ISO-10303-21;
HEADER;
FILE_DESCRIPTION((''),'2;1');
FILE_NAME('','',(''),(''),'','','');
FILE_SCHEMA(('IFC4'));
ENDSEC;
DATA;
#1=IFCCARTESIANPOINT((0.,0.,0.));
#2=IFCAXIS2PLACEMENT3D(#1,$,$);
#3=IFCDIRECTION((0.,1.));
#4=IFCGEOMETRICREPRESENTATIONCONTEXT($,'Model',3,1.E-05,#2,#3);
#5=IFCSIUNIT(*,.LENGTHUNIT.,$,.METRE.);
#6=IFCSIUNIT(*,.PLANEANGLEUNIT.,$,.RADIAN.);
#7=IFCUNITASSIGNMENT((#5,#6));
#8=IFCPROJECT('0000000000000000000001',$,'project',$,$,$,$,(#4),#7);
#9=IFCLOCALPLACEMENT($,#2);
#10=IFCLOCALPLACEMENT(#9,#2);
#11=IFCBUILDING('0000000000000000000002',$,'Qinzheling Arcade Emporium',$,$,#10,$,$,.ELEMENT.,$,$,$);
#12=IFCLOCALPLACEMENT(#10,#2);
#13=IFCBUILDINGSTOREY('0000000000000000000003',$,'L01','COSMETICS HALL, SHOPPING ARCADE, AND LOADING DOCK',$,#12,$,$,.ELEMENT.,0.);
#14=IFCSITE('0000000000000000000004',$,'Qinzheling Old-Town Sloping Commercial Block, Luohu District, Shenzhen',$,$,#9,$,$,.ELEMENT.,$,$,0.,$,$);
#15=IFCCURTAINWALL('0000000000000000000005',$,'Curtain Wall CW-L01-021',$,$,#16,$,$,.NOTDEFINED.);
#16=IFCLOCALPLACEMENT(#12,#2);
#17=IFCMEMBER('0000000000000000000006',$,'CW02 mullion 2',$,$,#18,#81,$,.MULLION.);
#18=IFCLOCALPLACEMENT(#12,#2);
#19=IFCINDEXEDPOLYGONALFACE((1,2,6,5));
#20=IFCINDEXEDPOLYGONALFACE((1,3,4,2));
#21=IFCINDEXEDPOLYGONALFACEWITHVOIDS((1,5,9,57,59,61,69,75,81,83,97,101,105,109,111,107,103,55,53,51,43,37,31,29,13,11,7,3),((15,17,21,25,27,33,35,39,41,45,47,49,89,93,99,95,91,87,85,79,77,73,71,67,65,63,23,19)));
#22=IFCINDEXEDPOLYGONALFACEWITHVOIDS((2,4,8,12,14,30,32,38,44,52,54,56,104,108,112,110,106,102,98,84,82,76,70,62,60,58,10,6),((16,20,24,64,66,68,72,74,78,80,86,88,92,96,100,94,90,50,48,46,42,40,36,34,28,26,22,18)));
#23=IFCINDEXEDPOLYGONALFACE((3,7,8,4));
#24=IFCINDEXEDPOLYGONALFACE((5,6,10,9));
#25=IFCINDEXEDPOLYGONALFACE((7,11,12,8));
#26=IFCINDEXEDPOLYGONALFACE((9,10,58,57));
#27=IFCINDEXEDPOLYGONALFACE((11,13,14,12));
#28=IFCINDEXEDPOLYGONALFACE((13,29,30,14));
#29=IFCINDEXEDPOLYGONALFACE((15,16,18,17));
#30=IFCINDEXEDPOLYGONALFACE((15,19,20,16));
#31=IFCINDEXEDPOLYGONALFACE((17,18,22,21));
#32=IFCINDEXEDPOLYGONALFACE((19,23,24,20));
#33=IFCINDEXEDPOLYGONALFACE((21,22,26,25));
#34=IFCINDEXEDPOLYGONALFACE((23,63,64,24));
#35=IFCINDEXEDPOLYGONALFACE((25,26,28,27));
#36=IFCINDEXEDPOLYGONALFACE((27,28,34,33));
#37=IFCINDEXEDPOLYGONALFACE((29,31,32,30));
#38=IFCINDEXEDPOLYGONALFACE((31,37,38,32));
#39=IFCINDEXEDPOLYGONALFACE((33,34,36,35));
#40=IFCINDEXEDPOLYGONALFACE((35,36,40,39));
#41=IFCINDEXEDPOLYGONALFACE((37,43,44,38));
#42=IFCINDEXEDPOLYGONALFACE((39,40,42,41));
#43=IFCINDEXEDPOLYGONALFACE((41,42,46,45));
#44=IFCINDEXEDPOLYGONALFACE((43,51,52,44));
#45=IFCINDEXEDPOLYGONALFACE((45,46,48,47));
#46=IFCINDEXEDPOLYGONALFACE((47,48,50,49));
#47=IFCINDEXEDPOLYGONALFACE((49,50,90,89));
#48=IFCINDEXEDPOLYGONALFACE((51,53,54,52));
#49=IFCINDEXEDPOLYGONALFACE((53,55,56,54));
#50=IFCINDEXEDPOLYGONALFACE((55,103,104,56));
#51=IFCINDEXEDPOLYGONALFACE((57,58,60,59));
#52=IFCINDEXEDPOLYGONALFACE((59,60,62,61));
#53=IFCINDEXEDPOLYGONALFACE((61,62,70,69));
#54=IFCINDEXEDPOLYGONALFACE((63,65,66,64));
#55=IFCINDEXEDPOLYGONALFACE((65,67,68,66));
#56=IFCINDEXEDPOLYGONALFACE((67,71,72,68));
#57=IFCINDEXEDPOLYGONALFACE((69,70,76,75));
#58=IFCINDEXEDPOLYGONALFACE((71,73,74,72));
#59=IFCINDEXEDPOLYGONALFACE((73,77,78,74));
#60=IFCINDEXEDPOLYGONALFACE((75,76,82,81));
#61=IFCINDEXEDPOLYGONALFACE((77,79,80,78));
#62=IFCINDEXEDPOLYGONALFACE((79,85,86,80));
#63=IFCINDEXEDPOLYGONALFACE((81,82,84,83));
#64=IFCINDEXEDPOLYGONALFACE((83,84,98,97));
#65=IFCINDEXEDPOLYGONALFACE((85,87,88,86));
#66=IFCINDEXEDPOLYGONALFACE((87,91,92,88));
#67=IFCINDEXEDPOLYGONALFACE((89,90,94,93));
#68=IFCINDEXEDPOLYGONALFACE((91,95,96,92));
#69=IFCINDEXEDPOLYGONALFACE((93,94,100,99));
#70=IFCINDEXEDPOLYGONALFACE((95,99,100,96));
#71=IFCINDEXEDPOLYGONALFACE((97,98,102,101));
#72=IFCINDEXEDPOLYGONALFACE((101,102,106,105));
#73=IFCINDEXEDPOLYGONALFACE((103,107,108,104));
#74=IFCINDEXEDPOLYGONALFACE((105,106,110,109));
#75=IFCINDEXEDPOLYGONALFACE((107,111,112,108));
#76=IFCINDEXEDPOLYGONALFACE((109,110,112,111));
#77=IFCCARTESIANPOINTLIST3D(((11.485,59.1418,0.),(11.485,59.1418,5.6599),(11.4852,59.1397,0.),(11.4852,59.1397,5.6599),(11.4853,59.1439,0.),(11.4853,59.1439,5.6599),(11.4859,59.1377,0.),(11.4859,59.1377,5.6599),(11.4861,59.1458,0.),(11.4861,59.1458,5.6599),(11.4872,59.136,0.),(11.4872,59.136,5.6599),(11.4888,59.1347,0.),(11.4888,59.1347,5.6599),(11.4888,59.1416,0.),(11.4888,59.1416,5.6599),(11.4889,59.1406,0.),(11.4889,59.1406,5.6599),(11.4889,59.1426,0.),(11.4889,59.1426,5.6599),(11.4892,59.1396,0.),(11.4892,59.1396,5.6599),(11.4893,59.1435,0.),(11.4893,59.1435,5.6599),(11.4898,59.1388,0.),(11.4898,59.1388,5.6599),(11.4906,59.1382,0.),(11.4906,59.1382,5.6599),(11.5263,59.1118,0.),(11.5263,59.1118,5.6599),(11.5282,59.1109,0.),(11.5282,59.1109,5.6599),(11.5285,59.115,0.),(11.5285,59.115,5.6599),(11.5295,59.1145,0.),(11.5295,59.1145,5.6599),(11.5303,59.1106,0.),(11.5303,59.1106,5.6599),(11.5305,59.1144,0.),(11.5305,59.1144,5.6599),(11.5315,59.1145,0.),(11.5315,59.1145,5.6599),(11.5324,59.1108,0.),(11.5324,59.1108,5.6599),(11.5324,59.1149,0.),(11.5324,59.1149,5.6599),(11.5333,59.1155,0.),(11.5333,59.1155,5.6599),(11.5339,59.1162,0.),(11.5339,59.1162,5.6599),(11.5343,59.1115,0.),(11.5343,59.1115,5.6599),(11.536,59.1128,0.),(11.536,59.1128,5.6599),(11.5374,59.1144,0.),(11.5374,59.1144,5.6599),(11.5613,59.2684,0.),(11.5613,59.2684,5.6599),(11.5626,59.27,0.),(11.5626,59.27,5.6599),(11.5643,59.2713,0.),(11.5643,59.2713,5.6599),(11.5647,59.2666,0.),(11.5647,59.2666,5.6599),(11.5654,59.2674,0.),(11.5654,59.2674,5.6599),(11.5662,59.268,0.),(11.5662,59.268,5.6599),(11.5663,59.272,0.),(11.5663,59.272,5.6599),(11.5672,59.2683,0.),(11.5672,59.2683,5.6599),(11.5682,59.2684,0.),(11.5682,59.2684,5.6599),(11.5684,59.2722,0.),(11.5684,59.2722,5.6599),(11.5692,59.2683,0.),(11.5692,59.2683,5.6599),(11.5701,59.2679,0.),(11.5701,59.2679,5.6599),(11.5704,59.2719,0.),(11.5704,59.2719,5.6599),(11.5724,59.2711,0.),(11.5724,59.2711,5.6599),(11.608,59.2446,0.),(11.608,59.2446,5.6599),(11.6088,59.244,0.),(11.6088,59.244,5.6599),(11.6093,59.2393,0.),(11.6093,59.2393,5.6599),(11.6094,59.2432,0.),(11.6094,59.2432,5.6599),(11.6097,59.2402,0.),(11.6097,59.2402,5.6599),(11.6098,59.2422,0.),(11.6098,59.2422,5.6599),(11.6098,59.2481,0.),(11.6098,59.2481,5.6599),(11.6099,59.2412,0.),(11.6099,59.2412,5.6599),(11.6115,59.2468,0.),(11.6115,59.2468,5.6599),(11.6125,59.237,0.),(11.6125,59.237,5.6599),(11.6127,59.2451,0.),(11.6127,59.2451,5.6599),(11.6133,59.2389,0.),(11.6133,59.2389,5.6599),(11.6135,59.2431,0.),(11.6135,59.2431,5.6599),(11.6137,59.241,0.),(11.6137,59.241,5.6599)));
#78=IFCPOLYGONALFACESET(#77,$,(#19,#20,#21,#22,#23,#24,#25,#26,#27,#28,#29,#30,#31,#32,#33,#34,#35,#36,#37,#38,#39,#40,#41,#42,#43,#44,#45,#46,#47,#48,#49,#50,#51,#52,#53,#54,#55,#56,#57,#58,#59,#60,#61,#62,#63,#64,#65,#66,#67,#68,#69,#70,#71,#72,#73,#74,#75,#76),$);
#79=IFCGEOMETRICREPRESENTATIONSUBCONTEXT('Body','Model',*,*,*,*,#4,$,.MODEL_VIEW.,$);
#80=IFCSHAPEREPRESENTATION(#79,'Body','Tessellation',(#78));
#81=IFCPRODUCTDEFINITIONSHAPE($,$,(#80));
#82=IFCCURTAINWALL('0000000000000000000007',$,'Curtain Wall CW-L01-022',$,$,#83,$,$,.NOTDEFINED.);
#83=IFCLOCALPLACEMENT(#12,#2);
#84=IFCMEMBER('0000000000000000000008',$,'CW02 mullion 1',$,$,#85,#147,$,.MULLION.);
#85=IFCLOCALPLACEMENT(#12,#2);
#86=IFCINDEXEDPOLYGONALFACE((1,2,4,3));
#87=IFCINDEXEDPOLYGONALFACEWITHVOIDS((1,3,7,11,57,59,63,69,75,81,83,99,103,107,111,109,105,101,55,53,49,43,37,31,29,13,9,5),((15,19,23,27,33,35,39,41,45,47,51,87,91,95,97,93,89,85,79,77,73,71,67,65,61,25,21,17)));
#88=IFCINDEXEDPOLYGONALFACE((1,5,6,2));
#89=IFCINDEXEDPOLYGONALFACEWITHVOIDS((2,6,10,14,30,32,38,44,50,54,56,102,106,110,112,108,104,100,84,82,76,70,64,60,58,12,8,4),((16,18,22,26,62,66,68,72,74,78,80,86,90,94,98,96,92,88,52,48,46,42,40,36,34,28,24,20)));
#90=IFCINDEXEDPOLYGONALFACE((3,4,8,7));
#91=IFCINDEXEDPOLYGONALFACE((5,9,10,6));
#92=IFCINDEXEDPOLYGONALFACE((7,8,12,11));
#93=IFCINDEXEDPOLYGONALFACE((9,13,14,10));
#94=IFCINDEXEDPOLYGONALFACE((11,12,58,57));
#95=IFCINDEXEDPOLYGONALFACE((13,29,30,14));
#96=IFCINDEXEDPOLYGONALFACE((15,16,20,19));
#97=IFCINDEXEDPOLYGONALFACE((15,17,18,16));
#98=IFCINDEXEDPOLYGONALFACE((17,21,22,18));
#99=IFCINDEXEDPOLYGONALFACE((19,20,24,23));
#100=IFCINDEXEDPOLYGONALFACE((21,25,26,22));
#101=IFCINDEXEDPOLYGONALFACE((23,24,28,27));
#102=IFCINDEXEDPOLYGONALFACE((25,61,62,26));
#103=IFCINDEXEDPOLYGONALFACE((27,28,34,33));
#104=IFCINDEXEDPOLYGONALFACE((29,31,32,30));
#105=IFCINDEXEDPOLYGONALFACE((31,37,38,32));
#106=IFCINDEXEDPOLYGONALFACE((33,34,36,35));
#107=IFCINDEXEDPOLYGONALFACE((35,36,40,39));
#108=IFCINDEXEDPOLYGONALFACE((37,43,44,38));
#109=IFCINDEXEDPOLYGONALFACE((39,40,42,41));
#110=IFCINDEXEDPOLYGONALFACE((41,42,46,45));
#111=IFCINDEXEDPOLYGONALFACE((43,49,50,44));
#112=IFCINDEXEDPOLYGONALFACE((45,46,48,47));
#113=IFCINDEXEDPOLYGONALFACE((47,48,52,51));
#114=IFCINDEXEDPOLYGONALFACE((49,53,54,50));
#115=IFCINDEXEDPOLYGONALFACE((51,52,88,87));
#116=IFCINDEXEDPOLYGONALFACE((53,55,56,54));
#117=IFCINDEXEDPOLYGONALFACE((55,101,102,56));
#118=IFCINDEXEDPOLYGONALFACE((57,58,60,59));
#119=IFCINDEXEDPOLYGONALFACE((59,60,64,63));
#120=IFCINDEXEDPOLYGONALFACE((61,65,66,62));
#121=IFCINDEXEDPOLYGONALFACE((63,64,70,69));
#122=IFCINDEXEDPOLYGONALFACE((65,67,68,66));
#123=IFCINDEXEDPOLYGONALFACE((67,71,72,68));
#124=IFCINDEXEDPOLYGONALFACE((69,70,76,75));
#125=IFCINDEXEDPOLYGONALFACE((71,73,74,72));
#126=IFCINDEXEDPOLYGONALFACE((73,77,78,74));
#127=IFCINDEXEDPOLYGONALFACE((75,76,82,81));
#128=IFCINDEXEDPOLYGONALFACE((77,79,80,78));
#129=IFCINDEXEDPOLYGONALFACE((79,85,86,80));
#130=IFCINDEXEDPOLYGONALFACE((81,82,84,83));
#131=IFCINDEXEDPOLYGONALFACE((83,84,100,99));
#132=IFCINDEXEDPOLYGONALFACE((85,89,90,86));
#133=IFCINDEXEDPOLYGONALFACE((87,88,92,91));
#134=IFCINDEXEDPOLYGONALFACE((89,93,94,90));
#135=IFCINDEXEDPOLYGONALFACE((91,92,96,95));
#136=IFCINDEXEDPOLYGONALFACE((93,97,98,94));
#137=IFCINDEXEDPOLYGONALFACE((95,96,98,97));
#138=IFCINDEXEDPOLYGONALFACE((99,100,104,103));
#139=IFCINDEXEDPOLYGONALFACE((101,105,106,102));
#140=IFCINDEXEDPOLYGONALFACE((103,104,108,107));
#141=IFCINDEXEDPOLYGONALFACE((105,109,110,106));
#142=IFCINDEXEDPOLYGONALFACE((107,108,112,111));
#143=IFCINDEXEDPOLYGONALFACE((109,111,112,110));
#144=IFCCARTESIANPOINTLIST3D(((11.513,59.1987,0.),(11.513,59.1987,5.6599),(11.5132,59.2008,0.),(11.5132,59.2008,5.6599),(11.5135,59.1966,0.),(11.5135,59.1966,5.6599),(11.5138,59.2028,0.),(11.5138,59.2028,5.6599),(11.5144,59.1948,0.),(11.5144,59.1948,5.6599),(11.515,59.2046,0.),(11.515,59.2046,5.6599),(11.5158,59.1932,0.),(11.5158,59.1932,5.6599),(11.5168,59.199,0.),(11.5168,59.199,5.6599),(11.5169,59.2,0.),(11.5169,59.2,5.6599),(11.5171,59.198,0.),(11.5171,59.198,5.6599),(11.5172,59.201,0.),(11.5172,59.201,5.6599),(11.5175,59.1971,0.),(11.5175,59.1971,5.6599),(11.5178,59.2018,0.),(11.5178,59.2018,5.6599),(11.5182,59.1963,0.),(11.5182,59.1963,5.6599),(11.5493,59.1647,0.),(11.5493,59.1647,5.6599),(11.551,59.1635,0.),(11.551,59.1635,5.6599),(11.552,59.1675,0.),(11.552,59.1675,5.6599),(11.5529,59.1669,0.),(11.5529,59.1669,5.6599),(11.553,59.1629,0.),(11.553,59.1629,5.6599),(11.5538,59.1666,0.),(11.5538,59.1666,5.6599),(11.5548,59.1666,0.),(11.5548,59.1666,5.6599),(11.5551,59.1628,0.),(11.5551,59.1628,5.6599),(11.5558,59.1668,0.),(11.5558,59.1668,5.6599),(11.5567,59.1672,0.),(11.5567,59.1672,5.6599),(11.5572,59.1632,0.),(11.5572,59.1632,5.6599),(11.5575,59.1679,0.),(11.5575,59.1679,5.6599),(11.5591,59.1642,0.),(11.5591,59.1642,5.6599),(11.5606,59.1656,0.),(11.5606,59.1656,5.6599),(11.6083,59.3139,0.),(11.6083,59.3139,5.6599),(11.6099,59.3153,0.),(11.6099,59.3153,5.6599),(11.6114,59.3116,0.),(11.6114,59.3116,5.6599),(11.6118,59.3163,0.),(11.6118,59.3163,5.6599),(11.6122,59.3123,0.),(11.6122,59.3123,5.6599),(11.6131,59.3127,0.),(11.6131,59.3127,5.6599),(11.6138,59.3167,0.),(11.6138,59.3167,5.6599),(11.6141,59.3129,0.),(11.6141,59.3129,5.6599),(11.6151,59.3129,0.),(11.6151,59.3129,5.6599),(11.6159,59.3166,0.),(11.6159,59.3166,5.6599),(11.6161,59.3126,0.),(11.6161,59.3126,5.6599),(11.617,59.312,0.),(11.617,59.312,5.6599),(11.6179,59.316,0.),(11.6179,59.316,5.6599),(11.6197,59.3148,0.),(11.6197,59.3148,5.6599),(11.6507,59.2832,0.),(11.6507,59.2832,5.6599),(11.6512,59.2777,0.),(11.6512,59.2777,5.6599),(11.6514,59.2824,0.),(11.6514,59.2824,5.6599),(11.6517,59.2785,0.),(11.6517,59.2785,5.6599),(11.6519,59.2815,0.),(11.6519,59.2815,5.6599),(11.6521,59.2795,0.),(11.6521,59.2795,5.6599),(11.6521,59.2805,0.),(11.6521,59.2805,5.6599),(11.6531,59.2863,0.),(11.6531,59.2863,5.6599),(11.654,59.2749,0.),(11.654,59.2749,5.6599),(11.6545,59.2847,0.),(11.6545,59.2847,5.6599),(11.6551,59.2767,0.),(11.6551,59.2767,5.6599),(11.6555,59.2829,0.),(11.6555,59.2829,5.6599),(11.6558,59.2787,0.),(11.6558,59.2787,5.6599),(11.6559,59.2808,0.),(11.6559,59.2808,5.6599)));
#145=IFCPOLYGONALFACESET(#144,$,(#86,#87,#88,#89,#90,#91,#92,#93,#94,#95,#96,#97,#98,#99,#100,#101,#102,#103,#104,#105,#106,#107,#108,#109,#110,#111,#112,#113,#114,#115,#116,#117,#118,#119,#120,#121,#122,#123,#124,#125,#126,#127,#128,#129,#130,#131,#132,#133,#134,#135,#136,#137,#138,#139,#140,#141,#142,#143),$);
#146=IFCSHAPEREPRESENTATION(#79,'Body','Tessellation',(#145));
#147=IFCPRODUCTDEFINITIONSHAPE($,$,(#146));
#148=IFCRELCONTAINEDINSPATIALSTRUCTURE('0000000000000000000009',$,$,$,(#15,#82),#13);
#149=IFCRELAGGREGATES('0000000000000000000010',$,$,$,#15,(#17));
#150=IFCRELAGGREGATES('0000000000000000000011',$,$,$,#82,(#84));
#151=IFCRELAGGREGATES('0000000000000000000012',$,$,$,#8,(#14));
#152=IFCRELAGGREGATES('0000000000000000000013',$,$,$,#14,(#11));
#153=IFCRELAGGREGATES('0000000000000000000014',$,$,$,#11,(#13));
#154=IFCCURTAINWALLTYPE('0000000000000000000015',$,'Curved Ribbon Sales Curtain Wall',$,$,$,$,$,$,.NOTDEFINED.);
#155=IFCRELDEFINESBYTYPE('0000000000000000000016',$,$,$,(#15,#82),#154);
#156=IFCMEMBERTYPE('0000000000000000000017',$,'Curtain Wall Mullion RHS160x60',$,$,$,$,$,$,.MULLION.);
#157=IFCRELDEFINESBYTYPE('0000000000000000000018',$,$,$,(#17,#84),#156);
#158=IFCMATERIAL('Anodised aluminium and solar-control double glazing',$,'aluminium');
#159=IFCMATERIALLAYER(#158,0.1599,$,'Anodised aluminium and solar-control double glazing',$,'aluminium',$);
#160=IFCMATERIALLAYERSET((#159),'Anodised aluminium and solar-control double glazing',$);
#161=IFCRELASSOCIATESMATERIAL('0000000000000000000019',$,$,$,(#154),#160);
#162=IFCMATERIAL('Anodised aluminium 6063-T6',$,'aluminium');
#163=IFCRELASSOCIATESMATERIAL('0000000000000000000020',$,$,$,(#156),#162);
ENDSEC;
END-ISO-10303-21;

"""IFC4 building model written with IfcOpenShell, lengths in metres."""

from ifc_helpers import new_model, si_unit, direction, frame, origin, origin_2d, place, context, subcontext, project, spatial, hollow_rectangle, extrude, material, layer, layer_set, material_profile, profile_set, type_object, element, aggregate, save


model = new_model("IFC4")

# Units and contexts
model_context = context("Model", 3, precision=1e-05, world=origin(), true_north=direction((0.0, 1.0)))
body_context = subcontext(model_context, "Body", "Model", "MODEL_VIEW")
ifc_project = project(units=[si_unit("LENGTHUNIT", "METRE"), si_unit("PLANEANGLEUNIT", "RADIAN")], contexts=[model_context])

# Site, building, storey
site_placement = place(None, origin())
site = spatial("IfcSite", under=ifc_project, at=site_placement, Name="Qinzheling Old-Town Sloping Commercial Block, Luohu District, Shenzhen", CompositionType="ELEMENT", RefElevation=0.0)
building_placement = place(site_placement, origin())
building = spatial("IfcBuilding", under=site, at=building_placement, Name="Qinzheling Arcade Emporium", CompositionType="ELEMENT")
storey_placement = place(building_placement, origin())
storey = spatial("IfcBuildingStorey", under=building, at=storey_placement, Name="L01", Description="COSMETICS HALL, SHOPPING ARCADE, AND LOADING DOCK", CompositionType="ELEMENT", Elevation=0.0)

# Shared definitions
ifc_material_1 = material(Name="Anodised aluminium and solar-control double glazing", Category="aluminium")
ifc_layer_1 = layer(ifc_material_1, 0.1599, Name="Anodised aluminium and solar-control double glazing", Category="aluminium")
ifc_layer_set_1 = layer_set([ifc_layer_1], Name="Anodised aluminium and solar-control double glazing")
curtain_wall_type = type_object("IfcCurtainWallType", Name="Curved Ribbon Sales Curtain Wall", PredefinedType="NOTDEFINED", material=ifc_layer_set_1)
ifc_material_2 = material(Name="Anodised aluminium 6063-T6", Category="aluminium")
ifc_material_profile_1 = material_profile(ifc_material_2, hollow_rectangle(XDim=0.0601, YDim=0.1599, WallThickness=0.0039, InnerFilletRadius=0.0039, OuterFilletRadius=0.0081, at=origin_2d()), Name="RHS 160x60x4", Category="aluminium")
ifc_profile_set_1 = profile_set([ifc_material_profile_1], Name="Anodised aluminium 6063-T6")
member_type_1 = type_object("IfcMemberType", Name="Curtain Wall Mullion RHS160x60", PredefinedType="MULLION", material=ifc_profile_set_1)

# Curtain walls, members
curtain_wall_1_placement = place(storey_placement, origin())
curtain_wall_1 = element("IfcCurtainWall", 1, at=curtain_wall_1_placement, inside=storey, type_object=curtain_wall_type, Name="Curtain Wall CW-L01-021", PredefinedType="NOTDEFINED")
member_1_placement = place(storey_placement, frame((11.5493, 59.1914, 0.0), z_axis=(0.0, 0.0, 1.0), x_axis=(-0.85262, 0.522532, 0.0)))
member_1 = element("IfcMember", 2, at=member_1_placement, type_object=member_type_1, Name="CW02 mullion 2", PredefinedType="MULLION", context=body_context, shape_type="SweptSolid", body=[
    extrude(hollow_rectangle(XDim=0.0601, YDim=0.1599, WallThickness=0.0039, InnerFilletRadius=0.0039, OuterFilletRadius=0.0081, at=origin_2d()), origin(), (0.0, 0.0, 1.0), 5.6599),
])
curtain_wall_2_placement = place(storey_placement, origin())
curtain_wall_2 = element("IfcCurtainWall", 3, at=curtain_wall_2_placement, inside=storey, type_object=curtain_wall_type, Name="Curtain Wall CW-L01-022", PredefinedType="NOTDEFINED")
member_2_placement = place(storey_placement, frame((11.5845, 59.2397, 0.0), z_axis=(0.0, 0.0, 1.0), x_axis=(-0.760575, 0.64925, 0.0)))
member_2 = element("IfcMember", 4, at=member_2_placement, type_object=member_type_1, Name="CW02 mullion 1", PredefinedType="MULLION", context=body_context, shape_type="SweptSolid", body=[
    extrude(hollow_rectangle(XDim=0.0601, YDim=0.1599, WallThickness=0.0039, InnerFilletRadius=0.0039, OuterFilletRadius=0.0081, at=origin_2d()), origin(), (0.0, 0.0, 1.0), 5.6599),
])

aggregate(curtain_wall_1, [member_1])
aggregate(curtain_wall_2, [member_2])

save(model, "model.ifc")
